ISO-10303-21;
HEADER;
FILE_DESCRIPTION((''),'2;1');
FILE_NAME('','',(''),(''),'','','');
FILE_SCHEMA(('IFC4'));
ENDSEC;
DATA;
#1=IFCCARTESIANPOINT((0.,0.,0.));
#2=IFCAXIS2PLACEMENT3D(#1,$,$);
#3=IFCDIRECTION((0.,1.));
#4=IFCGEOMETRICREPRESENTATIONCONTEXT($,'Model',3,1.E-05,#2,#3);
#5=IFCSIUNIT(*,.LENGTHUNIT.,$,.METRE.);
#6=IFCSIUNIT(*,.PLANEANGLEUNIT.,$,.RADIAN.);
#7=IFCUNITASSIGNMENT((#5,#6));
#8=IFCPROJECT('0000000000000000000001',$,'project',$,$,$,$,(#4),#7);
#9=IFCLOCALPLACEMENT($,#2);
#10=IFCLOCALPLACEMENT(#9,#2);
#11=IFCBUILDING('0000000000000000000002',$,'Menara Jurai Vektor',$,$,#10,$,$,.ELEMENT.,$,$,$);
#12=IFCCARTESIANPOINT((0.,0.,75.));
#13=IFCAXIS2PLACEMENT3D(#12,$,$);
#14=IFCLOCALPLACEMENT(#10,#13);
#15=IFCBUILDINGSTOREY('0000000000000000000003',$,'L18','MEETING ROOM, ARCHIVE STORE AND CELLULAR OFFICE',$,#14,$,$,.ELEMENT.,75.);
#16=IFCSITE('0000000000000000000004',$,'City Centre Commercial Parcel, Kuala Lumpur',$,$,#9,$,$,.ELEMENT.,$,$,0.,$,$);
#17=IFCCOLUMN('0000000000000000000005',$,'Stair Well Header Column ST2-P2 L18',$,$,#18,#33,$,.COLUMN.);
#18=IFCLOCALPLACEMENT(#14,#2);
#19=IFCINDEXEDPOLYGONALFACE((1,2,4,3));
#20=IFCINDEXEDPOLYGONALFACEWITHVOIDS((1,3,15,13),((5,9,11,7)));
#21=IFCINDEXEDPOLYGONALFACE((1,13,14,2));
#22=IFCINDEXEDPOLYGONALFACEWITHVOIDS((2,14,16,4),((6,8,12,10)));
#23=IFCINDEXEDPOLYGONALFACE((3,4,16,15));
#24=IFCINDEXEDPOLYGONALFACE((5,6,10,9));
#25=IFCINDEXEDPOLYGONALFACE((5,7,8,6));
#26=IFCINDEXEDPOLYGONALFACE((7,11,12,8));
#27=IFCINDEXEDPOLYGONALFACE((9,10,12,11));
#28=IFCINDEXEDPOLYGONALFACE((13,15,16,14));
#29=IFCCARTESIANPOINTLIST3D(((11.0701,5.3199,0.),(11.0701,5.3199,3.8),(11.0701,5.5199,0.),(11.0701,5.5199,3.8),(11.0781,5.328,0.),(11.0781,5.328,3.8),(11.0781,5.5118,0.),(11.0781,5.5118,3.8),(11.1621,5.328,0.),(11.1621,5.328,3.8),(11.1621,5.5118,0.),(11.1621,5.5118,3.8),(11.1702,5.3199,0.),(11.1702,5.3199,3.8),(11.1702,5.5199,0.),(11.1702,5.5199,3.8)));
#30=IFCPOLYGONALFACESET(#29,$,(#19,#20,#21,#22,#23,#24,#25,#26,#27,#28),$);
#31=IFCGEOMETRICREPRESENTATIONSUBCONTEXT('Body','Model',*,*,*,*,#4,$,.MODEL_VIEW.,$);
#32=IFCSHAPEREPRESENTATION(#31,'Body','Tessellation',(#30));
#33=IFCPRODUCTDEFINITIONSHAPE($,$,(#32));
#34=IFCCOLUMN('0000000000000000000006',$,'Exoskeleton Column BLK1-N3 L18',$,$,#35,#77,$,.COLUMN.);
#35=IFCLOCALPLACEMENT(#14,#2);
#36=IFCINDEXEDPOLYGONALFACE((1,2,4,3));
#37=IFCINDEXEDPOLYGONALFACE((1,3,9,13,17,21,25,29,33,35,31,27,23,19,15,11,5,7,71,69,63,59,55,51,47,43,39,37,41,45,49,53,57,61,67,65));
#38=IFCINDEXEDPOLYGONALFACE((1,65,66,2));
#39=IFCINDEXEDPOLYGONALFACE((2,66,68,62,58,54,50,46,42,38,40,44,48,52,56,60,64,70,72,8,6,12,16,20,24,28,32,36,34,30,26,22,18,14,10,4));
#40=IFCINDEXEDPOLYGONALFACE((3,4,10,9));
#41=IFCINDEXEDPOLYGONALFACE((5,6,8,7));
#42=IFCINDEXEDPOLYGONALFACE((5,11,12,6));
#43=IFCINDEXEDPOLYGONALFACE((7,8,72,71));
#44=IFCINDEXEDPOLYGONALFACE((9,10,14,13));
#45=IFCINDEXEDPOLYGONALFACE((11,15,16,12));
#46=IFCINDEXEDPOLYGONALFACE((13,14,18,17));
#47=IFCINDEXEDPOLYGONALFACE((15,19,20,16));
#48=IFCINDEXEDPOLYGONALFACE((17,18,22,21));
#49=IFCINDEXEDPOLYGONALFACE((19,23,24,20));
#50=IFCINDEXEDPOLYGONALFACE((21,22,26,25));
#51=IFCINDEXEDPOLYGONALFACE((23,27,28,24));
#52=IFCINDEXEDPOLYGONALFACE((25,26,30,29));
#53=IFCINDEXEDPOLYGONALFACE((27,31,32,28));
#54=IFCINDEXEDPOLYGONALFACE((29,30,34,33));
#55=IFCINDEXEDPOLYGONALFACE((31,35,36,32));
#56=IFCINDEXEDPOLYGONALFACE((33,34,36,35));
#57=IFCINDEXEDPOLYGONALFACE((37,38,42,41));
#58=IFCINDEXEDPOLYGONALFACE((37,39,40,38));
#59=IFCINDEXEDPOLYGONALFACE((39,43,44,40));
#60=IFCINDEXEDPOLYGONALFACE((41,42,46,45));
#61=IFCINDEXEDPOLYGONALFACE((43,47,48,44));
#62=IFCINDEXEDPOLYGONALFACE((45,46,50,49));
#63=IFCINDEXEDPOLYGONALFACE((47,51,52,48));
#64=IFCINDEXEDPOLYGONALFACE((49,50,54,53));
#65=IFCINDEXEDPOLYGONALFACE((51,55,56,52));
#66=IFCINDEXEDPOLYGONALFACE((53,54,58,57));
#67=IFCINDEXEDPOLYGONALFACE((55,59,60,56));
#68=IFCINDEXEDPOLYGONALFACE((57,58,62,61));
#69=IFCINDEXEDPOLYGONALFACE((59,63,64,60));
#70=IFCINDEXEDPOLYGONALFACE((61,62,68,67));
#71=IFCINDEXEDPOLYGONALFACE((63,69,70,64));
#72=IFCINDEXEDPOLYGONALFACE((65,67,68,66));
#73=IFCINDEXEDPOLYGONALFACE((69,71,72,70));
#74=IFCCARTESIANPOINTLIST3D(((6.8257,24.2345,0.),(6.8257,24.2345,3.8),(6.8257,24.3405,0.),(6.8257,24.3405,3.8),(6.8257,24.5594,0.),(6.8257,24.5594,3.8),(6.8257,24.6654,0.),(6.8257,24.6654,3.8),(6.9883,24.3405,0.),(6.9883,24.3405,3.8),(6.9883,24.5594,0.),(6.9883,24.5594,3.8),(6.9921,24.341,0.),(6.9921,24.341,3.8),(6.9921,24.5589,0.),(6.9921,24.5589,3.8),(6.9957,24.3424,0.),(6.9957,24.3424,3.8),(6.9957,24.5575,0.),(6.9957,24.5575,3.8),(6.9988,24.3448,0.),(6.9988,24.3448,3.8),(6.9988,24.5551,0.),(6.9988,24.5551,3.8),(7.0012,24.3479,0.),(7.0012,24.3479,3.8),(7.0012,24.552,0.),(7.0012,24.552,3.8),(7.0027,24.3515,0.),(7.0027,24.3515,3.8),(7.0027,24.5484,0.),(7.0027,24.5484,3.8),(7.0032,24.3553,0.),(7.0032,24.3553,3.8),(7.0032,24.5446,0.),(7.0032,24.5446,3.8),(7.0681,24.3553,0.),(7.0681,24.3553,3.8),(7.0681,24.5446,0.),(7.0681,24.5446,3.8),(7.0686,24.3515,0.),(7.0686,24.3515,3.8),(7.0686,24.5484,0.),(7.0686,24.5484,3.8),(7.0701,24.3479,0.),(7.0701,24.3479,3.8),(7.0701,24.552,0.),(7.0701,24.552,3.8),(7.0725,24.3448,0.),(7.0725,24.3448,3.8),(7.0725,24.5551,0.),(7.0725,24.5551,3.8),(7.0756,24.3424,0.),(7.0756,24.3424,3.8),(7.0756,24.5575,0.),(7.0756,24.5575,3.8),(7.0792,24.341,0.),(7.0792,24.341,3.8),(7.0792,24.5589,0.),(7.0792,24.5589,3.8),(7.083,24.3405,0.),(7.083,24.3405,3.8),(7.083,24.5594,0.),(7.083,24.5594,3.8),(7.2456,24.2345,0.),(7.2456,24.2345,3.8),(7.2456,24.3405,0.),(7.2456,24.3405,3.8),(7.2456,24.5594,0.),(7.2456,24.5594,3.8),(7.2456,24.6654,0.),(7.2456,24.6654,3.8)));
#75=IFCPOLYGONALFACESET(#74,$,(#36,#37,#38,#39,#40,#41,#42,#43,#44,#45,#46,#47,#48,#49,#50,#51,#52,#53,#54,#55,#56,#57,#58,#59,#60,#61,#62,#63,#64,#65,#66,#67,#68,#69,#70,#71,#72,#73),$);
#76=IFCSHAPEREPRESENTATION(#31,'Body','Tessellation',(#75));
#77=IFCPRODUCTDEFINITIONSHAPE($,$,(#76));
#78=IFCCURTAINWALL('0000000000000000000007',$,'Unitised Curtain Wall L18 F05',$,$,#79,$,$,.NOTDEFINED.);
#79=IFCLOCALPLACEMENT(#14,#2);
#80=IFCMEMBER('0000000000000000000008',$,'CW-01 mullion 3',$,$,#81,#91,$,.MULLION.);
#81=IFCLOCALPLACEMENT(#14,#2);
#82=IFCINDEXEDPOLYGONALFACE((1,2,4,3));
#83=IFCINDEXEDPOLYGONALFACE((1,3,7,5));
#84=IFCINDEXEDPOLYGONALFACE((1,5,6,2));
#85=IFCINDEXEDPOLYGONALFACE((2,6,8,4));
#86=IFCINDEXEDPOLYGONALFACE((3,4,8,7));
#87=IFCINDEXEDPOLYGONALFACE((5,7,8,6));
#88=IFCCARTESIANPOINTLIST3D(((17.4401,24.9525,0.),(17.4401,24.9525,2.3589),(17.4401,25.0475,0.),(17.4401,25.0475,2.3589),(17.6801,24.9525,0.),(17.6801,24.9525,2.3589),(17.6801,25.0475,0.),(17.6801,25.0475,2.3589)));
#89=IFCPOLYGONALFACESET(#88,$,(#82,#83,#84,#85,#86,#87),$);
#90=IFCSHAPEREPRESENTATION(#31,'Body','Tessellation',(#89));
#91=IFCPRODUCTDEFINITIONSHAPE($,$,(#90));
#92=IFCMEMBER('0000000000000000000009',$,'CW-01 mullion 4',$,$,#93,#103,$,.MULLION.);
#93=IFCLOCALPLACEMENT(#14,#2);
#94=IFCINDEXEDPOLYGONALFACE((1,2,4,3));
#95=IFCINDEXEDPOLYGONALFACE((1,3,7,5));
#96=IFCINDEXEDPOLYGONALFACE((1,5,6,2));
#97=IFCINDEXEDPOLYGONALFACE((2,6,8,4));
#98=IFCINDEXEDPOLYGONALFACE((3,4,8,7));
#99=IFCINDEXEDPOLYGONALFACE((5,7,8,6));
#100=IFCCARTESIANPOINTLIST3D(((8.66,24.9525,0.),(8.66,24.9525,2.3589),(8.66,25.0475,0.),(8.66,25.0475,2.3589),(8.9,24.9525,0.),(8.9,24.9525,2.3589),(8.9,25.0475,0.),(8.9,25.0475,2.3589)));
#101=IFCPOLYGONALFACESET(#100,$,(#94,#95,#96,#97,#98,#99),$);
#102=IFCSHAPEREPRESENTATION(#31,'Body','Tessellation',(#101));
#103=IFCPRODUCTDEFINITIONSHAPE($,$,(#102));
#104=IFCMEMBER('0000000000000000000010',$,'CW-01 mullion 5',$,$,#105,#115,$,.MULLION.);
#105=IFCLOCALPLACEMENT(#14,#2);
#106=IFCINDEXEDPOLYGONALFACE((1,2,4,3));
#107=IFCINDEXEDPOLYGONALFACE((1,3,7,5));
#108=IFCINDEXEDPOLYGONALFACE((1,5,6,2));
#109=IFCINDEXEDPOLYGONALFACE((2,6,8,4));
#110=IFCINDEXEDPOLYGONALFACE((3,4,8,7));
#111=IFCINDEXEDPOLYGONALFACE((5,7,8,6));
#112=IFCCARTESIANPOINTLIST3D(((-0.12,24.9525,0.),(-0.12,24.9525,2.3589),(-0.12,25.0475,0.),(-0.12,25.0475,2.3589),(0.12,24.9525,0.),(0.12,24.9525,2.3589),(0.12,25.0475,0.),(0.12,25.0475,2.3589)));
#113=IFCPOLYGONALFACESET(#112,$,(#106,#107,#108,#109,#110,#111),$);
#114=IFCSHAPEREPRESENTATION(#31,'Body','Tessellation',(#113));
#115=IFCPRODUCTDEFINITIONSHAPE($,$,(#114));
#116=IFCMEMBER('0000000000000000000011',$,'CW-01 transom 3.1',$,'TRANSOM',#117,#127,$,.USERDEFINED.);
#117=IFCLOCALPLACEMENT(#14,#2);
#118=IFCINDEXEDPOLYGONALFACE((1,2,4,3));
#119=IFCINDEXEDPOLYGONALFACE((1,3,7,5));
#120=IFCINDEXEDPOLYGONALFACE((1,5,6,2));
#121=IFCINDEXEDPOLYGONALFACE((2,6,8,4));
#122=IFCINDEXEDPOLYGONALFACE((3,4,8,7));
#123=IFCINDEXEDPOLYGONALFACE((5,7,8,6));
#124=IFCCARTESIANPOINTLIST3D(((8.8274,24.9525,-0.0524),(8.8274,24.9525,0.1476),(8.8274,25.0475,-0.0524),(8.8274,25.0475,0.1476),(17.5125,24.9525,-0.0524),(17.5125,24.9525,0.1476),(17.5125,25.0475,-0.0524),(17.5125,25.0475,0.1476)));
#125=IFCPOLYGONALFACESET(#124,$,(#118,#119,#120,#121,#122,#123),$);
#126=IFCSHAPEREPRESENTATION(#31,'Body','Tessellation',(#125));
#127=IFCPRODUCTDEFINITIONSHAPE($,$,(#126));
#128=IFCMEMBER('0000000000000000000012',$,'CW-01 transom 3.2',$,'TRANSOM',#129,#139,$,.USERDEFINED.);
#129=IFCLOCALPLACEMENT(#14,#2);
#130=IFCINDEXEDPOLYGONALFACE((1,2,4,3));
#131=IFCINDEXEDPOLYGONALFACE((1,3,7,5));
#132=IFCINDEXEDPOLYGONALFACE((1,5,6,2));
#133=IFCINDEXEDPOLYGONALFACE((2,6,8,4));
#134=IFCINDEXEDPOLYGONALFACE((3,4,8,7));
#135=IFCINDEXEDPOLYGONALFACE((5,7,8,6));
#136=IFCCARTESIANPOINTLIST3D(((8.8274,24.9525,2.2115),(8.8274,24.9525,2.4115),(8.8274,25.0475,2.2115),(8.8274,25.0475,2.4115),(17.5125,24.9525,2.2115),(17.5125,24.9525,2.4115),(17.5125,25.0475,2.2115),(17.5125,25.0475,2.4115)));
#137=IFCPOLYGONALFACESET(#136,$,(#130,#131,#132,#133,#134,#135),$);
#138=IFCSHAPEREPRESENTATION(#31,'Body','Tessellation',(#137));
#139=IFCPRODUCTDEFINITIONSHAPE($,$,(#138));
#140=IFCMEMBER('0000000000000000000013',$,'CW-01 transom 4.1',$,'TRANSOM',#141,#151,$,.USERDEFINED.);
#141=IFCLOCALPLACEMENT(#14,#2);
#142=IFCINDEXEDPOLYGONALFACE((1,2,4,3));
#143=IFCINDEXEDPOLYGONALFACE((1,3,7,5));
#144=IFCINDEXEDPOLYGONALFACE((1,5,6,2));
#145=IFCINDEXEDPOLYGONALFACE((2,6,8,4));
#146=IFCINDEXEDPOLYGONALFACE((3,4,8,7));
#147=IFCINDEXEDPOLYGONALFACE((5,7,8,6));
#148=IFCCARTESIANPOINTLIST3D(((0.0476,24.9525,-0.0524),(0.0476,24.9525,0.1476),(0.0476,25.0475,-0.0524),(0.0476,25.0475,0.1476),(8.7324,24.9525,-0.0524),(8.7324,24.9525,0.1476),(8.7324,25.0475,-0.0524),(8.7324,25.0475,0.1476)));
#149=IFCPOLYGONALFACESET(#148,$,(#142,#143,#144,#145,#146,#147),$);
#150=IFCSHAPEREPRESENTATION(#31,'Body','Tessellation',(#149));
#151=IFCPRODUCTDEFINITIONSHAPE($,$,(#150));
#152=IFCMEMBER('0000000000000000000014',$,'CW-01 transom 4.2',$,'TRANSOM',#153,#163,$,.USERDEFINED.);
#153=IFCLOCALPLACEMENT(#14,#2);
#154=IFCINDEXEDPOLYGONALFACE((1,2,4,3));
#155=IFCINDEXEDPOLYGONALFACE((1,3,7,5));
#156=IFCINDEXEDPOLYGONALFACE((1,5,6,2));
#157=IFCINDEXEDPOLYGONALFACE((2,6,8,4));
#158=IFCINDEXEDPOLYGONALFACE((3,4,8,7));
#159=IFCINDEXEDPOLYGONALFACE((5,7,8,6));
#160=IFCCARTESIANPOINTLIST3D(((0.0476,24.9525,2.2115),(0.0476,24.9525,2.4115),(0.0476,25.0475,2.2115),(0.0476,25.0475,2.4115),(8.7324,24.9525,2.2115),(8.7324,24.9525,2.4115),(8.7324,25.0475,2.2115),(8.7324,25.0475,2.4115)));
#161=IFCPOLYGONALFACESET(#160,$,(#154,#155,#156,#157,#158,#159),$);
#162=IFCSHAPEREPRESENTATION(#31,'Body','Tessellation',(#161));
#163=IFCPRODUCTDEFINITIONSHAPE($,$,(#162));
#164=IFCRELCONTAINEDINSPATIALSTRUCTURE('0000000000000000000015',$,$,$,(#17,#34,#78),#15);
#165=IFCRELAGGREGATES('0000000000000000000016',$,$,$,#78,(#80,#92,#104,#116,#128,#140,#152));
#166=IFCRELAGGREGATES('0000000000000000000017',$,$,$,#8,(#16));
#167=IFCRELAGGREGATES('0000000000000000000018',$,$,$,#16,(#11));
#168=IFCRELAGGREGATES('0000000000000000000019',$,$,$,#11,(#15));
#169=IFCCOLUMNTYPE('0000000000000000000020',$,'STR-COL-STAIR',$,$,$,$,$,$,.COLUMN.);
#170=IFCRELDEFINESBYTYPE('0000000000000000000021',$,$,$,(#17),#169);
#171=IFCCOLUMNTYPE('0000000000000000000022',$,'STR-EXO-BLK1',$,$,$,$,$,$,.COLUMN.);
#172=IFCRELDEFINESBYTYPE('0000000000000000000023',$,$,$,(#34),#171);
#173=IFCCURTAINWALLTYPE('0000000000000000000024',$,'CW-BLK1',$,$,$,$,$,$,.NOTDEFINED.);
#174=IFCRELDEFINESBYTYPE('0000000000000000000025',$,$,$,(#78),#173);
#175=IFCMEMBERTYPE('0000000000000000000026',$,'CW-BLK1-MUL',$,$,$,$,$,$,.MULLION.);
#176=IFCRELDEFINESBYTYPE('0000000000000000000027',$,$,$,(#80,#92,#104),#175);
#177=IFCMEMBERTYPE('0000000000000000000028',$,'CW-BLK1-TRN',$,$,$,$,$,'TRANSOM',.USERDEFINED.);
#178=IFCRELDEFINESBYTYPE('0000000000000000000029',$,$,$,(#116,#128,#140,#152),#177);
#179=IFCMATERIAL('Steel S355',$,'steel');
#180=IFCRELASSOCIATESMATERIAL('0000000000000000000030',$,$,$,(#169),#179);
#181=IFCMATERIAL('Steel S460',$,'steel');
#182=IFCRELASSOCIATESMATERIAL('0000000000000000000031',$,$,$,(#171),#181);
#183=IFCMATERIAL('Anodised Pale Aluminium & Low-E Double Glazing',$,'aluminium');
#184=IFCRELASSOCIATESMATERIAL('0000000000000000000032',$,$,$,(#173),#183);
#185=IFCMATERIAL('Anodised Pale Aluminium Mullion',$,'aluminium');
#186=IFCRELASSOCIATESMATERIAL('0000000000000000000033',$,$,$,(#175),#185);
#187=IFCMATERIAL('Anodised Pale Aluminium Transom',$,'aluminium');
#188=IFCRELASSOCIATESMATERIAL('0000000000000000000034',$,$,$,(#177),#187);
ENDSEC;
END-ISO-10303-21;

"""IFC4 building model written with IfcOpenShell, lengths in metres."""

from ifc_helpers import new_model, si_unit, direction, frame, origin, origin_2d, place, context, subcontext, project, spatial, rectangle, hollow_rectangle, i_section, extrude, material, material_profile, profile_set, type_object, element, aggregate, save


model = new_model("IFC4")

# Units and contexts
model_context = context("Model", 3, precision=1e-05, world=origin(), true_north=direction((0.0, 1.0)))
body_context = subcontext(model_context, "Body", "Model", "MODEL_VIEW")
ifc_project = project(units=[si_unit("LENGTHUNIT", "METRE"), si_unit("PLANEANGLEUNIT", "RADIAN")], contexts=[model_context])

# Site, building, storey
site_placement = place(None, origin())
site = spatial("IfcSite", under=ifc_project, at=site_placement, Name="City Centre Commercial Parcel, Kuala Lumpur", CompositionType="ELEMENT", RefElevation=0.0)
building_placement = place(site_placement, origin())
building = spatial("IfcBuilding", under=site, at=building_placement, Name="Menara Jurai Vektor", CompositionType="ELEMENT")
storey_placement = place(building_placement, frame((0.0, 0.0, 75.0)))
storey = spatial("IfcBuildingStorey", under=building, at=storey_placement, Name="L18", Description="MEETING ROOM, ARCHIVE STORE AND CELLULAR OFFICE", CompositionType="ELEMENT", Elevation=75.0)

# Columns
ifc_material_1 = material(Name="Steel S355", Category="steel")
ifc_material_profile_1 = material_profile(ifc_material_1, hollow_rectangle(XDim=0.1001, YDim=0.2, WallThickness=0.0081, at=origin_2d()), Name="RHS 200x100x8")
ifc_profile_set_1 = profile_set([ifc_material_profile_1], Name="Steel S355")
column_type_1 = type_object("IfcColumnType", Name="STR-COL-STAIR", PredefinedType="COLUMN", material=ifc_profile_set_1)
column_1_placement = place(storey_placement, frame((11.1201, 5.4199, 0.0), z_axis=(0.0, 0.0, 1.0), x_axis=(1.0, 0.0, 0.0)))
element("IfcColumn", 1, at=column_1_placement, inside=storey, type_object=column_type_1, Name="Stair Well Header Column ST2-P2 L18", PredefinedType="COLUMN", context=body_context, shape_type="SweptSolid", body=[
    extrude(hollow_rectangle(XDim=0.1001, YDim=0.2, WallThickness=0.0081, at=origin_2d()), origin(), (0.0, 0.0, 1.0), 3.8),
])
ifc_material_2 = material(Name="Steel S460", Category="steel")
ifc_material_profile_2 = material_profile(ifc_material_2, i_section(OverallWidth=0.4199, OverallDepth=0.4309, WebThickness=0.0649, FlangeThickness=0.106, FilletRadius=0.0149, at=origin_2d()), Name="HD 400x900")
ifc_profile_set_2 = profile_set([ifc_material_profile_2], Name="Steel S460")
column_type_2 = type_object("IfcColumnType", Name="STR-EXO-BLK1", PredefinedType="COLUMN", material=ifc_profile_set_2)
column_2_placement = place(storey_placement, frame((7.0356, 24.45, 0.0), z_axis=(0.0, 0.0, 1.0), x_axis=(1.0, 0.0, 0.0)))
element("IfcColumn", 2, at=column_2_placement, inside=storey, type_object=column_type_2, Name="Exoskeleton Column BLK1-N3 L18", PredefinedType="COLUMN", context=body_context, shape_type="SweptSolid", body=[
    extrude(i_section(OverallWidth=0.4199, OverallDepth=0.4309, WebThickness=0.0649, FlangeThickness=0.106, FilletRadius=0.0149, at=origin_2d()), origin(), (0.0, 0.0, 1.0), 3.8),
])

# Curtain wall, members
ifc_material_3 = material(Name="Anodised Pale Aluminium & Low-E Double Glazing", Category="aluminium")
curtain_wall_type = type_object("IfcCurtainWallType", Name="CW-BLK1", PredefinedType="NOTDEFINED", material=ifc_material_3)
curtain_wall_placement = place(storey_placement, origin())
curtain_wall = element("IfcCurtainWall", 3, at=curtain_wall_placement, inside=storey, type_object=curtain_wall_type, Name="Unitised Curtain Wall L18 F05", PredefinedType="NOTDEFINED")
ifc_material_4 = material(Name="Anodised Pale Aluminium Mullion", Category="aluminium")
ifc_material_profile_3 = material_profile(ifc_material_4, rectangle(XDim=0.095, YDim=0.24, at=origin_2d()), Name="ALU MUL 95x240")
ifc_profile_set_3 = profile_set([ifc_material_profile_3], Name="Anodised Pale Aluminium Mullion")
member_type_1 = type_object("IfcMemberType", Name="CW-BLK1-MUL", PredefinedType="MULLION", material=ifc_profile_set_3)
member_1_placement = place(storey_placement, frame((17.5601, 25.0, 0.0), z_axis=(0.0, 0.0, 1.0), x_axis=(0.0, -1.0, 0.0)))
member_1 = element("IfcMember", 4, at=member_1_placement, type_object=member_type_1, Name="CW-01 mullion 3", PredefinedType="MULLION", context=body_context, shape_type="SweptSolid", body=[
    extrude(rectangle(XDim=0.095, YDim=0.24, at=origin_2d()), origin(), (0.0, 0.0, 1.0), 2.3589),
])
member_2_placement = place(storey_placement, frame((8.78, 25.0, 0.0), z_axis=(0.0, 0.0, 1.0), x_axis=(0.0, -1.0, 0.0)))
member_2 = element("IfcMember", 5, at=member_2_placement, type_object=member_type_1, Name="CW-01 mullion 4", PredefinedType="MULLION", context=body_context, shape_type="SweptSolid", body=[
    extrude(rectangle(XDim=0.095, YDim=0.24, at=origin_2d()), origin(), (0.0, 0.0, 1.0), 2.3589),
])
member_3_placement = place(storey_placement, frame((0.0, 25.0, 0.0), z_axis=(0.0, 0.0, 1.0), x_axis=(0.0, -1.0, 0.0)))
member_3 = element("IfcMember", 6, at=member_3_placement, type_object=member_type_1, Name="CW-01 mullion 5", PredefinedType="MULLION", context=body_context, shape_type="SweptSolid", body=[
    extrude(rectangle(XDim=0.095, YDim=0.24, at=origin_2d()), origin(), (0.0, 0.0, 1.0), 2.3589),
])
ifc_material_5 = material(Name="Anodised Pale Aluminium Transom", Category="aluminium")
ifc_material_profile_4 = material_profile(ifc_material_5, rectangle(XDim=0.095, YDim=0.2, at=origin_2d()), Name="ALU TRN 95x200")
ifc_profile_set_4 = profile_set([ifc_material_profile_4], Name="Anodised Pale Aluminium Transom")
member_type_2 = type_object("IfcMemberType", Name="CW-BLK1-TRN", ElementType="TRANSOM", PredefinedType="USERDEFINED", material=ifc_profile_set_4)
member_4_placement = place(storey_placement, frame((17.5125, 25.0, 0.0476), z_axis=(-1.0, 0.0, 0.0), x_axis=(0.0, -1.0, 0.0)))
member_4 = element("IfcMember", 7, at=member_4_placement, type_object=member_type_2, Name="CW-01 transom 3.1", ObjectType="TRANSOM", PredefinedType="USERDEFINED", context=body_context, shape_type="SweptSolid", body=[
    extrude(rectangle(XDim=0.095, YDim=0.2, at=origin_2d()), origin(), (0.0, 0.0, 1.0), 8.6851),
])
member_5_placement = place(storey_placement, frame((17.5125, 25.0, 2.3115), z_axis=(-1.0, 0.0, 0.0), x_axis=(0.0, -1.0, 0.0)))
member_5 = element("IfcMember", 8, at=member_5_placement, type_object=member_type_2, Name="CW-01 transom 3.2", ObjectType="TRANSOM", PredefinedType="USERDEFINED", context=body_context, shape_type="SweptSolid", body=[
    extrude(rectangle(XDim=0.095, YDim=0.2, at=origin_2d()), origin(), (0.0, 0.0, 1.0), 8.6851),
])
member_6_placement = place(storey_placement, frame((8.7324, 25.0, 0.0476), z_axis=(-1.0, 0.0, 0.0), x_axis=(0.0, -1.0, 0.0)))
member_6 = element("IfcMember", 9, at=member_6_placement, type_object=member_type_2, Name="CW-01 transom 4.1", ObjectType="TRANSOM", PredefinedType="USERDEFINED", context=body_context, shape_type="SweptSolid", body=[
    extrude(rectangle(XDim=0.095, YDim=0.2, at=origin_2d()), origin(), (0.0, 0.0, 1.0), 8.6848),
])
member_7_placement = place(storey_placement, frame((8.7324, 25.0, 2.3115), z_axis=(-1.0, 0.0, 0.0), x_axis=(0.0, -1.0, 0.0)))
member_7 = element("IfcMember", 10, at=member_7_placement, type_object=member_type_2, Name="CW-01 transom 4.2", ObjectType="TRANSOM", PredefinedType="USERDEFINED", context=body_context, shape_type="SweptSolid", body=[
    extrude(rectangle(XDim=0.095, YDim=0.2, at=origin_2d()), origin(), (0.0, 0.0, 1.0), 8.6848),
])

aggregate(curtain_wall, [member_1, member_2, member_3, member_4, member_5, member_6, member_7])

save(model, "model.ifc")
